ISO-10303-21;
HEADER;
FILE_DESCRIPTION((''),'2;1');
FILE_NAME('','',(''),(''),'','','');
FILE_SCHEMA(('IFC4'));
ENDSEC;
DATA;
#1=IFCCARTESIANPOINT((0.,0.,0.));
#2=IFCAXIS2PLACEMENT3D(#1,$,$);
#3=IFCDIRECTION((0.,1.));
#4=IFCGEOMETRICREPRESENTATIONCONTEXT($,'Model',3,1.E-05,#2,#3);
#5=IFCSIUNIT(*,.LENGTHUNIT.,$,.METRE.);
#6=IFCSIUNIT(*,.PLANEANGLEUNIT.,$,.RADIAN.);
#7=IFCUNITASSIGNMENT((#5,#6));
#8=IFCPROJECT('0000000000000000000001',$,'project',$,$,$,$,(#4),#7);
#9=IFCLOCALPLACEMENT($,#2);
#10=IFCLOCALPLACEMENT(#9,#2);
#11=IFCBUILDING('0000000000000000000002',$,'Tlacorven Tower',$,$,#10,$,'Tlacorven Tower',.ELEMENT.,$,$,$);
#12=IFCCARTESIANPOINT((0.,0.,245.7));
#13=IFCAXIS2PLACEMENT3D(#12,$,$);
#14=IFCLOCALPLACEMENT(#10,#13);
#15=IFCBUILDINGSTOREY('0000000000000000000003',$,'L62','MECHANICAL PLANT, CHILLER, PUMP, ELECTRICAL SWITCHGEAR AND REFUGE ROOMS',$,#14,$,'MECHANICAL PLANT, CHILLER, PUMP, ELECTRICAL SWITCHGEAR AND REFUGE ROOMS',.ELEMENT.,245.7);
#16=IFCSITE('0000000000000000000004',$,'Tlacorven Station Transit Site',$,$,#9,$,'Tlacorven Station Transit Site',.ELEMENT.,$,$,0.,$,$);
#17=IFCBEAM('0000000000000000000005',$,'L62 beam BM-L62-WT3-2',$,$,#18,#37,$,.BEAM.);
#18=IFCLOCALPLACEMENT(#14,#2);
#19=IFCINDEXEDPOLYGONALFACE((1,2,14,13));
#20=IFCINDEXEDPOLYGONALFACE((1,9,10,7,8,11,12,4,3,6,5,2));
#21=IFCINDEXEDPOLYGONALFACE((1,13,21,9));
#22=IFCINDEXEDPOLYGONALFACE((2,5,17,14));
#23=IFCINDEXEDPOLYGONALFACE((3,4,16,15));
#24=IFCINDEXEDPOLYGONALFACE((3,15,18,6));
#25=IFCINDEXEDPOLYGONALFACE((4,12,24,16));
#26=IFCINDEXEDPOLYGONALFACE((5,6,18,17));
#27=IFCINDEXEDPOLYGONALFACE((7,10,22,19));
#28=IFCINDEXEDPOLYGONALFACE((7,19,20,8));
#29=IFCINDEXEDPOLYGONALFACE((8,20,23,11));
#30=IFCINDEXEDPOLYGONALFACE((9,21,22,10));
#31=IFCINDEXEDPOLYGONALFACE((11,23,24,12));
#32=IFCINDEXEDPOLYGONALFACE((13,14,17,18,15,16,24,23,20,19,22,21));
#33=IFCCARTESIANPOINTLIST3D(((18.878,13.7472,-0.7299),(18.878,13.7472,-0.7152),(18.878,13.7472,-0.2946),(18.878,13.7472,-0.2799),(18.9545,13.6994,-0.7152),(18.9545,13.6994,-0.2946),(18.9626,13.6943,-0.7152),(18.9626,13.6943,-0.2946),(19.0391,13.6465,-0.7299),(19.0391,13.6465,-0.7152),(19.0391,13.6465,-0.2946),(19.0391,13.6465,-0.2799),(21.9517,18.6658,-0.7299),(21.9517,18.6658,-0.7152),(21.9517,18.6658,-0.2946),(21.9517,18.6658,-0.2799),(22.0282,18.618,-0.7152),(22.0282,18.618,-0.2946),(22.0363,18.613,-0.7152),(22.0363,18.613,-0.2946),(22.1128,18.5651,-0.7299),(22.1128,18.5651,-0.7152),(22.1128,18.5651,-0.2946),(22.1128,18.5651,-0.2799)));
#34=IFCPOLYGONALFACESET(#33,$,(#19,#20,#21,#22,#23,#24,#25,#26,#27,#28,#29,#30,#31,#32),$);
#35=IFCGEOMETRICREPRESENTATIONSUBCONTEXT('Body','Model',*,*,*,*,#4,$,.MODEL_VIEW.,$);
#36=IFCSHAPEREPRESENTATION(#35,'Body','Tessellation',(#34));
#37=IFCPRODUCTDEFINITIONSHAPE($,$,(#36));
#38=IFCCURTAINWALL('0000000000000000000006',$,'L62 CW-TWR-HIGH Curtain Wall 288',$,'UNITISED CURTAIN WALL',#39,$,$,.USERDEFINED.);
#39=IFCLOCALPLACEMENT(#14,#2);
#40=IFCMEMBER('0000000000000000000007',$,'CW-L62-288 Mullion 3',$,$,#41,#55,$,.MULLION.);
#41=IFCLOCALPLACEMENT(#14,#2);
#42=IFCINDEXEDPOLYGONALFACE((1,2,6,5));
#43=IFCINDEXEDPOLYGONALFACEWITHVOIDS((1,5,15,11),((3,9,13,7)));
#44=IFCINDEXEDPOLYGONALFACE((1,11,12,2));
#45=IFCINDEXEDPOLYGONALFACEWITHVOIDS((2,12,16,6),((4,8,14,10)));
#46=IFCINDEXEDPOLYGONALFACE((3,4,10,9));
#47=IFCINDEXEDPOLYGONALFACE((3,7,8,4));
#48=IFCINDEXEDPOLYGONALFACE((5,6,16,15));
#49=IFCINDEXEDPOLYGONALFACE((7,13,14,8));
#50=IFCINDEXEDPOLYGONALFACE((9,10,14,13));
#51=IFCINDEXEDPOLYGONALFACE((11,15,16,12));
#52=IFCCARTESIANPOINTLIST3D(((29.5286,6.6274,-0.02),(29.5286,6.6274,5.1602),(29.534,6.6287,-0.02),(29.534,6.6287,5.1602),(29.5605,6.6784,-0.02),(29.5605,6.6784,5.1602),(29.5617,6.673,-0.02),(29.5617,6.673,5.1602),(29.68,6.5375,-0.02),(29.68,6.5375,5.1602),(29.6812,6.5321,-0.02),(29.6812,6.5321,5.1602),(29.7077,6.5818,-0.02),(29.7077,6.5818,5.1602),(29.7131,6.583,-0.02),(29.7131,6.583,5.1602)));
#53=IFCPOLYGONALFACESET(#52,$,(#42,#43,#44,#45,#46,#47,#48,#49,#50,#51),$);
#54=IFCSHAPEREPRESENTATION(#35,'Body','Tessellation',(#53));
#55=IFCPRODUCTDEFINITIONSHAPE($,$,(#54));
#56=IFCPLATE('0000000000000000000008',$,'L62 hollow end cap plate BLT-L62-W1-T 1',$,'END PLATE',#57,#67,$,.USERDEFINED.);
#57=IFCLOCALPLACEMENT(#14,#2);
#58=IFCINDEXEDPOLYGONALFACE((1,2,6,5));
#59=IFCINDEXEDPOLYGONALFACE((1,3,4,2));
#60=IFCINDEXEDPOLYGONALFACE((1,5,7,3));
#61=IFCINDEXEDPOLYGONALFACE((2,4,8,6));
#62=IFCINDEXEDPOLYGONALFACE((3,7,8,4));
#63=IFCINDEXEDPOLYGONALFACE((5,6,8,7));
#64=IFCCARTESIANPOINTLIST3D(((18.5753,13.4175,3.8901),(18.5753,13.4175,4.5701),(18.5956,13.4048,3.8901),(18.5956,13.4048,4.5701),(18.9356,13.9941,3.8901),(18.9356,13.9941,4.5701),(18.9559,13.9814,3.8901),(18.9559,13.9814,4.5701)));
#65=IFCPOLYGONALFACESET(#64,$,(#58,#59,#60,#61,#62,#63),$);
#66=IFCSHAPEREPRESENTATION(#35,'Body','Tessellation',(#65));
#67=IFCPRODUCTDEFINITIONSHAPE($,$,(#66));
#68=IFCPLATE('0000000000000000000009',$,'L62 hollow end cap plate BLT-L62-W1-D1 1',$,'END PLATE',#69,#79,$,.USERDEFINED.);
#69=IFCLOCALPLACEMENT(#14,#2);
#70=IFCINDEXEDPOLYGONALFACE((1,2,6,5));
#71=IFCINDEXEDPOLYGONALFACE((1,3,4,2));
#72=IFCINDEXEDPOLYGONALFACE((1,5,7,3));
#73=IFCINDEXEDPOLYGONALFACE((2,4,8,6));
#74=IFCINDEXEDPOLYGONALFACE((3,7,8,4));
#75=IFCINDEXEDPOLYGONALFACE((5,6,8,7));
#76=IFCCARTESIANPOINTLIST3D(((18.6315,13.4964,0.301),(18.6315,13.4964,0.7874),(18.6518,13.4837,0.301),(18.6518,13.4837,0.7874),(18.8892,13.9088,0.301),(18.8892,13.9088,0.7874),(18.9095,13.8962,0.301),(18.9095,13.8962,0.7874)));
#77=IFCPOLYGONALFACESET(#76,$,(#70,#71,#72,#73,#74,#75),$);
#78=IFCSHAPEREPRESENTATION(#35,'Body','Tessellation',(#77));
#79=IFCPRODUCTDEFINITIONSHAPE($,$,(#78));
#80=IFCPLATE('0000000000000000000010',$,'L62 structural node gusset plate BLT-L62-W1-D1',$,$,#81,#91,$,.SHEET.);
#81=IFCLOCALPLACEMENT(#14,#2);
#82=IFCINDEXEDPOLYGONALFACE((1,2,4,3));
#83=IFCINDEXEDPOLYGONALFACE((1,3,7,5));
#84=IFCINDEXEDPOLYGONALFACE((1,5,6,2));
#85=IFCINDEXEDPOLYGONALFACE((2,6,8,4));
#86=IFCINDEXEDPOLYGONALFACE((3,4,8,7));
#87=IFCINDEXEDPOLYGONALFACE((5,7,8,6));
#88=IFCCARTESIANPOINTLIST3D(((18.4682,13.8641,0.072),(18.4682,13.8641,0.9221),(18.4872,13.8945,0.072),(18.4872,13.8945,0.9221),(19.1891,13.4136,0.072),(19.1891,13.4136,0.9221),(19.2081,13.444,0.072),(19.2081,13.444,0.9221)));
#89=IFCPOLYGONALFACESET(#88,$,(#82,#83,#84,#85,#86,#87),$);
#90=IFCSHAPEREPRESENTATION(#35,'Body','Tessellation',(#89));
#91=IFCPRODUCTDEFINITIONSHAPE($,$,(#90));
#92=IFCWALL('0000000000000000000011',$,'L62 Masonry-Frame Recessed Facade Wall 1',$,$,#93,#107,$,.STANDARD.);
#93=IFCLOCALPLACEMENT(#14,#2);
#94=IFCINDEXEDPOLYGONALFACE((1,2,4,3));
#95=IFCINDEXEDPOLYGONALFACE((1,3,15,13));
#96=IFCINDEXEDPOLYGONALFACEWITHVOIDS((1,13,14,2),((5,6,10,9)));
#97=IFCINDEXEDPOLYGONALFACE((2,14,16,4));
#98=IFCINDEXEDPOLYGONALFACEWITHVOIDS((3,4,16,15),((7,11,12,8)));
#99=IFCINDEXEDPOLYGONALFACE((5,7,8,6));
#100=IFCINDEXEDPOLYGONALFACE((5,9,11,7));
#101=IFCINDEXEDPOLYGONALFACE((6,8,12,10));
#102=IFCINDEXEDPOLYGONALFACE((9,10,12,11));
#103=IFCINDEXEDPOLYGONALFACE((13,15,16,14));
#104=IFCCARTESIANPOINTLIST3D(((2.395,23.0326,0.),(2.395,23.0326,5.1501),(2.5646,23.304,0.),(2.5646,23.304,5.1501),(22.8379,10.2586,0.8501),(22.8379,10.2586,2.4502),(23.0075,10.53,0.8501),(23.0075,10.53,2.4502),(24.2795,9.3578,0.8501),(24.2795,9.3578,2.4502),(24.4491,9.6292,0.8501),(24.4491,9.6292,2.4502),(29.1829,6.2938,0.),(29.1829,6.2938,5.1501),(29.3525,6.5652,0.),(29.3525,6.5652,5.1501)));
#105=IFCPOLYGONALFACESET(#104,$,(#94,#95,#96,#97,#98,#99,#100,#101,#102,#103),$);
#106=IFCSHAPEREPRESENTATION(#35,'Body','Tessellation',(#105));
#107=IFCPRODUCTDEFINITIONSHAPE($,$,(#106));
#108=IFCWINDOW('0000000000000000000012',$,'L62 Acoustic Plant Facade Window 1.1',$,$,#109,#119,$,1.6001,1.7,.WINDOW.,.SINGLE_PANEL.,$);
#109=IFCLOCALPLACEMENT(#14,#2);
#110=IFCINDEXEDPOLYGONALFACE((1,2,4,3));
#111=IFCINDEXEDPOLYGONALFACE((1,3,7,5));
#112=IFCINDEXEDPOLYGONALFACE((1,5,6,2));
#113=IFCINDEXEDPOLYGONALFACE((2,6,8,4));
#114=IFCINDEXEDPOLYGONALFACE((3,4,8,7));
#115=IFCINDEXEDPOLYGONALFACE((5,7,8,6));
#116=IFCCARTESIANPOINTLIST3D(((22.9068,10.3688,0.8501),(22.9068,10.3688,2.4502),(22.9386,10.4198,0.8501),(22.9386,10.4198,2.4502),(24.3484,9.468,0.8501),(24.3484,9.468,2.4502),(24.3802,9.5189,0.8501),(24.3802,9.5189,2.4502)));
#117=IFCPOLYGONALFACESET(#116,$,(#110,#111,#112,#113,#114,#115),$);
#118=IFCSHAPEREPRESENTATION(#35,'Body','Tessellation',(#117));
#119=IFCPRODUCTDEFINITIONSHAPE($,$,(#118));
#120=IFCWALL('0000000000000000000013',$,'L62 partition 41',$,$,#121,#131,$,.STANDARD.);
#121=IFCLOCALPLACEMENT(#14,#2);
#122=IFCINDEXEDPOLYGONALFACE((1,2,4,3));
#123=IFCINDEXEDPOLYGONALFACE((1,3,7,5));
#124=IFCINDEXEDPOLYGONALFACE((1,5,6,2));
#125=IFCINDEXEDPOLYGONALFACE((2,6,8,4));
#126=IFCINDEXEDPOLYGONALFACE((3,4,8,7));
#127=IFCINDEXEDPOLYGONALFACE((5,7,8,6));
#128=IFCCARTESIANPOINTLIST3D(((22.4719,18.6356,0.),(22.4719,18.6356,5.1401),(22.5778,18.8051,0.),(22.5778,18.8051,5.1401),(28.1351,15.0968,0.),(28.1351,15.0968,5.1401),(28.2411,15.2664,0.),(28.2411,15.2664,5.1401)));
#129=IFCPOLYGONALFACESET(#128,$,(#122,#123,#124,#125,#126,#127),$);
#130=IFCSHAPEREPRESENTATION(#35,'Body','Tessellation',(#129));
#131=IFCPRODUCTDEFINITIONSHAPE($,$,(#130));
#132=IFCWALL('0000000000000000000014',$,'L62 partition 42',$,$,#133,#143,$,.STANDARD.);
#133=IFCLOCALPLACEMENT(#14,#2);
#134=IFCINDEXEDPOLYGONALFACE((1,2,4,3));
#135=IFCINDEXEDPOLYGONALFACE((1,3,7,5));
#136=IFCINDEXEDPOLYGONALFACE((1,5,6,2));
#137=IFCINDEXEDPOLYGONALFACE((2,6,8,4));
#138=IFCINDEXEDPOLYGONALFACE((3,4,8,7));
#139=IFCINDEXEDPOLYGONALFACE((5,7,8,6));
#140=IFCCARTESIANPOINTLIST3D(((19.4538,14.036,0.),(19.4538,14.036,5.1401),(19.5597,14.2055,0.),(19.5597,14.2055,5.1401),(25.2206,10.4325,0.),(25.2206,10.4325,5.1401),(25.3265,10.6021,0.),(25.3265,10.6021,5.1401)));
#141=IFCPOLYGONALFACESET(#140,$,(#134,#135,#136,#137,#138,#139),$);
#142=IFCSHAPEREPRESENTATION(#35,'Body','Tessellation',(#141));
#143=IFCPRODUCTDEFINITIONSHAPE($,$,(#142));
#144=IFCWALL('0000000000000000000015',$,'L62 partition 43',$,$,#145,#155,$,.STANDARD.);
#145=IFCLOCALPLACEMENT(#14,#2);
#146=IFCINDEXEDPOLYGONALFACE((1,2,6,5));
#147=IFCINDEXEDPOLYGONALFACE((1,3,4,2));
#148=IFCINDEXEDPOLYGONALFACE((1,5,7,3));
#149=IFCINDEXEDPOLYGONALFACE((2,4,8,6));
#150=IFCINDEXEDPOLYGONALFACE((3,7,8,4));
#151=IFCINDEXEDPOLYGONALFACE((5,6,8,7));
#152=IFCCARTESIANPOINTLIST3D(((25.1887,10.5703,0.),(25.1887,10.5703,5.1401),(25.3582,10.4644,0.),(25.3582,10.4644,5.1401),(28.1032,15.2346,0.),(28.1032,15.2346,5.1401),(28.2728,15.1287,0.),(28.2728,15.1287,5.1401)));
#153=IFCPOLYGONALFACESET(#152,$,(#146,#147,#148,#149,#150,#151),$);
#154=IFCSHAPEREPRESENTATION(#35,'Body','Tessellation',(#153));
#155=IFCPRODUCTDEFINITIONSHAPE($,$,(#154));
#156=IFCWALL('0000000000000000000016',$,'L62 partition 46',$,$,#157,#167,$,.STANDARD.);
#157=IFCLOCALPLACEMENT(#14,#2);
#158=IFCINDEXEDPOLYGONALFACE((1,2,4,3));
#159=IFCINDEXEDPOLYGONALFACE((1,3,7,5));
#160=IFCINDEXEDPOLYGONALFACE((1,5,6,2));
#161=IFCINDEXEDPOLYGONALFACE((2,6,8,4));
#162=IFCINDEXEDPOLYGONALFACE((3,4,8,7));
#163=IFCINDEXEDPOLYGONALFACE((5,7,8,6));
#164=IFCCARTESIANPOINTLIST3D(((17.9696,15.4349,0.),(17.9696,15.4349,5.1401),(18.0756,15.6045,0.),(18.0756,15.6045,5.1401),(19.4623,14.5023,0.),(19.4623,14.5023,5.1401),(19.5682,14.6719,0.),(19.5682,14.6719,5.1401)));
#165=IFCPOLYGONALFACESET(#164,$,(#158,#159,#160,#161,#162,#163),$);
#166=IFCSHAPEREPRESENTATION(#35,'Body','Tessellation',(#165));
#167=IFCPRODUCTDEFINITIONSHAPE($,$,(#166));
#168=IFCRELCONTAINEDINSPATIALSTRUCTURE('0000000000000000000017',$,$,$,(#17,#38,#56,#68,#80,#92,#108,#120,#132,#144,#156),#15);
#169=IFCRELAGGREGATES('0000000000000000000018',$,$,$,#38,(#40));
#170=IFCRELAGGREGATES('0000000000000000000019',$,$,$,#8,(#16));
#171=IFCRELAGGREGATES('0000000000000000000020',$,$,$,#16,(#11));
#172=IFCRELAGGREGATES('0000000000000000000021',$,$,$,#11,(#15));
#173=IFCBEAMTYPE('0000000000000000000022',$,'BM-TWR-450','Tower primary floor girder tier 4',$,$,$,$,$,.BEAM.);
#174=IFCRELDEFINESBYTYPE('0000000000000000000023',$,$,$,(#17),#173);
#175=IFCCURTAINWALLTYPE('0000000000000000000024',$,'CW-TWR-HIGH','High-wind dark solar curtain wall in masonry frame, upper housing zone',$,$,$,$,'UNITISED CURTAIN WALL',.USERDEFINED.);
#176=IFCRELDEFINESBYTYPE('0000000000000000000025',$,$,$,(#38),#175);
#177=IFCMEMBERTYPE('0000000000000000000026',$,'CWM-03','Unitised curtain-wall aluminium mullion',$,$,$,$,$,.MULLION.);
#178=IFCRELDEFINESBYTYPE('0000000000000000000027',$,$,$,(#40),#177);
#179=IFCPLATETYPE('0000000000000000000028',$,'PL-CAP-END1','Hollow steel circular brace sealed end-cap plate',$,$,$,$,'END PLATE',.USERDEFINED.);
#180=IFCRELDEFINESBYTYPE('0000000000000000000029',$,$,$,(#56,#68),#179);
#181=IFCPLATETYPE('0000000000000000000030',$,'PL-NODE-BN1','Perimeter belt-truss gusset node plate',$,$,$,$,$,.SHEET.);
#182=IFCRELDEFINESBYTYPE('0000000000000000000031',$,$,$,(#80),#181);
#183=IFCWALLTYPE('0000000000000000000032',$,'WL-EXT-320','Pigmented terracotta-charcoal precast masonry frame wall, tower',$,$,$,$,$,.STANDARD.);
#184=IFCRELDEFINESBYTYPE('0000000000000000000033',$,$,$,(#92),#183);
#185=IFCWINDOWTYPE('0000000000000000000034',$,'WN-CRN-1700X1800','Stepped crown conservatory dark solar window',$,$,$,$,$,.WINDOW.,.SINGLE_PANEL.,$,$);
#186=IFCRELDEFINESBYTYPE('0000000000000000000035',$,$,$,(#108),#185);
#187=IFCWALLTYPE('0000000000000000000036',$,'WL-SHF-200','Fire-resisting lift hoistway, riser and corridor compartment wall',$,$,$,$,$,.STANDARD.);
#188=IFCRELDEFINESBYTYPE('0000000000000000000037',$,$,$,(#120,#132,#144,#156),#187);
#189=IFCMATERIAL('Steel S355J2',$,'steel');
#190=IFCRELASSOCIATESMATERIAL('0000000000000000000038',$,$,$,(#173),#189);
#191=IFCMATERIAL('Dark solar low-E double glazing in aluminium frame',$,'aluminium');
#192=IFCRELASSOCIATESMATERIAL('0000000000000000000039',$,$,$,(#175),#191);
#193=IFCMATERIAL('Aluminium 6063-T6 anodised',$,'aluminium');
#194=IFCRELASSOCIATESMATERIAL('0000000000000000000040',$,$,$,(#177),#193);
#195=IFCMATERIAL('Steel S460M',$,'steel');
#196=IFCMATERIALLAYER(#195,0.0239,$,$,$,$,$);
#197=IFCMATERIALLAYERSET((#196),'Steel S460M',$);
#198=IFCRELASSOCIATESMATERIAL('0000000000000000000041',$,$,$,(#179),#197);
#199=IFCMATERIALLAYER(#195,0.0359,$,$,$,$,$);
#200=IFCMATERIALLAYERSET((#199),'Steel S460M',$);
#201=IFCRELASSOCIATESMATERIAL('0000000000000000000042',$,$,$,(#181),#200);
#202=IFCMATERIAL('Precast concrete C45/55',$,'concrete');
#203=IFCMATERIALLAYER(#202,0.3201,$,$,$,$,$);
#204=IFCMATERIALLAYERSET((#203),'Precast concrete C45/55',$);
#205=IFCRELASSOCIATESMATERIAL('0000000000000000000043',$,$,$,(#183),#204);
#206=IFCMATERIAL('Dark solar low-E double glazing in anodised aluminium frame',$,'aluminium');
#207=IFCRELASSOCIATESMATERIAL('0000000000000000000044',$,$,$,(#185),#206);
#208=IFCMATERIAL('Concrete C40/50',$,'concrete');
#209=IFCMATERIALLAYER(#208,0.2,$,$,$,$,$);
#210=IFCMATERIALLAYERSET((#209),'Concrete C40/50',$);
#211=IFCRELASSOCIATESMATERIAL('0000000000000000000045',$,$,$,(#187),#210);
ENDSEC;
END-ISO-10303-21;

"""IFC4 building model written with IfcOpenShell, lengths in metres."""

from ifc_helpers import new_model, si_unit, direction, frame, frame_2d, origin, origin_2d, place, context, subcontext, project, spatial, rectangle, hollow_rectangle, i_section, extrude, source, transform, mapped, material, layer, layer_set, material_profile, profile_set, type_object, element, fill, aggregate, save


model = new_model("IFC4")

# Units and contexts
model_context = context("Model", 3, precision=1e-05, world=origin(), true_north=direction((0.0, 1.0)))
body_context = subcontext(model_context, "Body", "Model", "MODEL_VIEW")
ifc_project = project(units=[si_unit("LENGTHUNIT", "METRE"), si_unit("PLANEANGLEUNIT", "RADIAN")], contexts=[model_context])

# Site, building, storey
site_placement = place(None, origin())
site = spatial("IfcSite", under=ifc_project, at=site_placement, Name="Tlacorven Station Transit Site", LongName="Tlacorven Station Transit Site", CompositionType="ELEMENT", RefElevation=0.0)
building_placement = place(site_placement, origin())
building = spatial("IfcBuilding", under=site, at=building_placement, Name="Tlacorven Tower", LongName="Tlacorven Tower", CompositionType="ELEMENT")
storey_placement = place(building_placement, frame((0.0, 0.0, 245.7)))
storey = spatial("IfcBuildingStorey", under=building, at=storey_placement, Name="L62", Description="MECHANICAL PLANT, CHILLER, PUMP, ELECTRICAL SWITCHGEAR AND REFUGE ROOMS", LongName="MECHANICAL PLANT, CHILLER, PUMP, ELECTRICAL SWITCHGEAR AND REFUGE ROOMS", CompositionType="ELEMENT", Elevation=245.7)

# Shared definitions
ifc_material_1 = material(Name="Steel S460M", Category="steel")
ifc_material_2 = material(Name="Steel S355J2", Category="steel")

# Beam
ifc_material_profile_1 = material_profile(ifc_material_2, i_section(OverallWidth=0.1899, OverallDepth=0.45, WebThickness=0.0095, FlangeThickness=0.0146, at=origin_2d()), Name="IPE 450")
ifc_profile_set_1 = profile_set([ifc_material_profile_1], Name="Steel S355J2")
beam_type_1 = type_object("IfcBeamType", Name="BM-TWR-450", Description="Tower primary floor girder tier 4", PredefinedType="BEAM", material=ifc_profile_set_1)
shared_shape_1 = source(origin(), body_context, "Body", "SweptSolid", [
    extrude(i_section(OverallWidth=0.1899, OverallDepth=0.45, WebThickness=0.0095, FlangeThickness=0.0146, at=origin_2d()), origin(), (0.0, 0.0, 1.0), 5.8),
])
for number, where, z_axis, x_axis, name in (
    (1, (22.0322, 18.6155, -0.5049), (-0.529942, -0.848034, 0.0), (0.848034, -0.529942, 0.0), "L62 beam BM-L62-WT3-2"),
):
    element("IfcBeam", number, at=place(storey_placement, frame(where, z_axis=z_axis, x_axis=x_axis)), inside=storey, type_object=beam_type_1, Name=name, PredefinedType="BEAM", context=body_context, shape_type="MappedRepresentation", body=[
        mapped(shared_shape_1, transform((0.0, 0.0, 0.0), scale=1.0)),
    ])

# Curtain wall, member
ifc_material_3 = material(Name="Dark solar low-E double glazing in aluminium frame", Category="aluminium")
curtain_wall_type = type_object("IfcCurtainWallType", Name="CW-TWR-HIGH", Description="High-wind dark solar curtain wall in masonry frame, upper housing zone", ElementType="UNITISED CURTAIN WALL", PredefinedType="USERDEFINED", material=ifc_material_3)
curtain_wall_placement = place(storey_placement, origin())
curtain_wall = element("IfcCurtainWall", 2, at=curtain_wall_placement, inside=storey, type_object=curtain_wall_type, Name="L62 CW-TWR-HIGH Curtain Wall 288", ObjectType="UNITISED CURTAIN WALL", PredefinedType="USERDEFINED")
ifc_material_4 = material(Name="Aluminium 6063-T6 anodised", Category="aluminium")
ifc_material_profile_2 = material_profile(ifc_material_4, hollow_rectangle(XDim=0.0601, YDim=0.1799, WallThickness=0.0039, at=origin_2d()), Name="ALU MULLION 60X180")
ifc_profile_set_2 = profile_set([ifc_material_profile_2], Name="Aluminium 6063-T6 anodised")
member_type_1 = type_object("IfcMemberType", Name="CWM-03", Description="Unitised curtain-wall aluminium mullion", PredefinedType="MULLION", material=ifc_profile_set_2)
shared_shape_2 = source(origin(), body_context, "Body", "SweptSolid", [
    extrude(hollow_rectangle(XDim=0.0601, YDim=0.1799, WallThickness=0.0039, at=origin_2d()), origin(), (0.0, 0.0, 1.0), 5.1802),
])
member_1_placement = place(storey_placement, frame((29.6208, 6.6052, -0.02), z_axis=(0.0, 0.0, 1.0), x_axis=(-0.529919, -0.848048, 0.0)))
member_1 = element("IfcMember", 3, at=member_1_placement, type_object=member_type_1, Name="CW-L62-288 Mullion 3", PredefinedType="MULLION", context=body_context, shape_type="MappedRepresentation", body=[
    mapped(shared_shape_2, transform((0.0, 0.0, 0.0), scale=1.0)),
])
aggregate(curtain_wall, [member_1])

# Plates
ifc_layer_1 = layer(ifc_material_1, 0.0239)
ifc_layer_set_1 = layer_set([ifc_layer_1], Name="Steel S460M")
plate_type_1 = type_object("IfcPlateType", Name="PL-CAP-END1", Description="Hollow steel circular brace sealed end-cap plate", ElementType="END PLATE", PredefinedType="USERDEFINED", material=ifc_layer_set_1)
shared_shape_3 = source(origin(), body_context, "Body", "SweptSolid", [
    extrude(rectangle(XDim=0.0239, YDim=0.6799, at=origin_2d()), origin(), (0.0, 0.0, 1.0), 0.6799),
])
plate_1_placement = place(storey_placement, frame((18.7656, 13.6995, 3.8901), z_axis=(0.0, 0.0, 1.0), x_axis=(-0.848048, 0.529919, 0.0)))
element("IfcPlate", 4, at=plate_1_placement, inside=storey, type_object=plate_type_1, Name="L62 hollow end cap plate BLT-L62-W1-T 1", ObjectType="END PLATE", PredefinedType="USERDEFINED", context=body_context, shape_type="MappedRepresentation", body=[
    mapped(shared_shape_3, transform((0.0, 0.0, 0.0), scale=1.0)),
])
shared_shape_4 = source(origin(), body_context, "Body", "SweptSolid", [
    extrude(rectangle(XDim=0.0239, YDim=0.4863, at=origin_2d()), origin(), (0.0, 0.0, 1.0), 0.4863),
])
plate_2_placement = place(storey_placement, frame((18.7705, 13.6963, 0.301), z_axis=(0.0, 0.0, 1.0), x_axis=(-0.848048, 0.529919, 0.0)))
element("IfcPlate", 5, at=plate_2_placement, inside=storey, type_object=plate_type_1, Name="L62 hollow end cap plate BLT-L62-W1-D1 1", ObjectType="END PLATE", PredefinedType="USERDEFINED", context=body_context, shape_type="MappedRepresentation", body=[
    mapped(shared_shape_4, transform((0.0, 0.0, 0.0), scale=1.0)),
])
ifc_layer_2 = layer(ifc_material_1, 0.0359)
ifc_layer_set_2 = layer_set([ifc_layer_2], Name="Steel S460M")
plate_type_2 = type_object("IfcPlateType", Name="PL-NODE-BN1", Description="Perimeter belt-truss gusset node plate", PredefinedType="SHEET", material=ifc_layer_set_2)
shared_shape_5 = source(origin(), body_context, "Body", "SweptSolid", [
    extrude(rectangle(XDim=0.8501, YDim=0.0359, at=origin_2d()), origin(), (0.0, 0.0, 1.0), 0.8501),
])
plate_3_placement = place(storey_placement, frame((18.8381, 13.6541, 0.072), z_axis=(0.0, 0.0, 1.0), x_axis=(-0.848048, 0.529919, 0.0)))
element("IfcPlate", 6, at=plate_3_placement, inside=storey, type_object=plate_type_2, Name="L62 structural node gusset plate BLT-L62-W1-D1", PredefinedType="SHEET", context=body_context, shape_type="MappedRepresentation", body=[
    mapped(shared_shape_5, transform((0.0, 0.0, 0.0), scale=1.0)),
])

# Wall, opening, window
ifc_material_5 = material(Name="Precast concrete C45/55", Category="concrete")
ifc_layer_3 = layer(ifc_material_5, 0.3201)
ifc_layer_set_3 = layer_set([ifc_layer_3], Name="Precast concrete C45/55")
wall_type_1 = type_object("IfcWallType", Name="WL-EXT-320", Description="Pigmented terracotta-charcoal precast masonry frame wall, tower", PredefinedType="STANDARD", material=ifc_layer_set_3)
wall_1_placement = place(storey_placement, frame((29.2678, 6.4294, 0.0), z_axis=(0.0, 0.0, 1.0), x_axis=(-0.84805, 0.529916, 0.0)))
wall_1 = element("IfcWall", 7, at=wall_1_placement, inside=storey, type_object=wall_type_1, Name="L62 Masonry-Frame Recessed Facade Wall 1", PredefinedType="STANDARD", context=body_context, shape_type="SweptSolid", body=[
    extrude(rectangle(XDim=31.5876, YDim=0.3201, at=frame_2d((15.7939, 0.0))), origin(), (0.0, 0.0, 1.0), 5.1501),
])
opening_1_placement = place(wall_1_placement, frame((5.782, 0.0, 0.8501)))
opening_1 = element("IfcOpeningElement", 8, at=opening_1_placement, cuts=wall_1, PredefinedType="OPENING", context=body_context, shape_type="SweptSolid", body=[
    extrude(rectangle(XDim=1.7, YDim=1.6001, at=frame_2d((0.8501, 0.8))), frame((0.0, 0.1699, 0.0), z_axis=(0.0, -1.0, 0.0), x_axis=(1.0, 0.0, 0.0)), (0.0, 0.0, 1.0), 0.3401),
])
ifc_material_6 = material(Name="Dark solar low-E double glazing in anodised aluminium frame", Category="aluminium")
window_type = type_object("IfcWindowType", Name="WN-CRN-1700X1800", Description="Stepped crown conservatory dark solar window", PartitioningType="SINGLE_PANEL", PredefinedType="WINDOW", material=ifc_material_6)
shared_shape_6 = source(origin(), body_context, "Body", "SweptSolid", [
    extrude(rectangle(XDim=1.7, YDim=1.6001, at=frame_2d((0.8501, 0.8))), frame((0.0, 0.03, 0.0), z_axis=(0.0, -1.0, 0.0), x_axis=(1.0, 0.0, 0.0)), (0.0, 0.0, 1.0), 0.0601),
])
window_placement = place(opening_1_placement, origin())
window = element("IfcWindow", 9, at=window_placement, inside=storey, type_object=window_type, Name="L62 Acoustic Plant Facade Window 1.1", OverallHeight=1.6001, OverallWidth=1.7, PartitioningType="SINGLE_PANEL", PredefinedType="WINDOW", context=body_context, shape_type="MappedRepresentation", body=[
    mapped(shared_shape_6, transform((0.0, 0.0, 0.0), scale=1.0)),
])
fill(opening_1, window)

# Walls
ifc_material_7 = material(Name="Concrete C40/50", Category="concrete")
ifc_layer_4 = layer(ifc_material_7, 0.2)
ifc_layer_set_4 = layer_set([ifc_layer_4], Name="Concrete C40/50")
wall_type_2 = type_object("IfcWallType", Name="WL-SHF-200", Description="Fire-resisting lift hoistway, riser and corridor compartment wall", PredefinedType="STANDARD", material=ifc_layer_set_4)
wall_2_placement = place(storey_placement, frame((28.188, 15.1816, 0.0), z_axis=(0.0, 0.0, 1.0), x_axis=(-0.84805, 0.529917, 0.0)))
element("IfcWall", 10, at=wall_2_placement, inside=storey, type_object=wall_type_2, Name="L62 partition 41", PredefinedType="STANDARD", context=body_context, shape_type="SweptSolid", body=[
    extrude(rectangle(XDim=6.678, YDim=0.2, at=frame_2d((3.3389, 0.0))), origin(), (0.0, 0.0, 1.0), 5.1401),
])
wall_3_placement = place(storey_placement, frame((25.2734, 10.5173, 0.0), z_axis=(0.0, 0.0, 1.0), x_axis=(-0.848049, 0.529918, 0.0)))
element("IfcWall", 11, at=wall_3_placement, inside=storey, type_object=wall_type_2, Name="L62 partition 42", PredefinedType="STANDARD", context=body_context, shape_type="SweptSolid", body=[
    extrude(rectangle(XDim=6.8, YDim=0.2, at=frame_2d((3.3999, 0.0))), origin(), (0.0, 0.0, 1.0), 5.1401),
])
wall_4_placement = place(storey_placement, frame((28.188, 15.1816, 0.0), z_axis=(0.0, 0.0, 1.0), x_axis=(-0.529915, -0.848051, 0.0)))
element("IfcWall", 12, at=wall_4_placement, inside=storey, type_object=wall_type_2, Name="L62 partition 43", PredefinedType="STANDARD", context=body_context, shape_type="SweptSolid", body=[
    extrude(rectangle(XDim=5.5, YDim=0.2, at=frame_2d((2.75, 0.0))), origin(), (0.0, 0.0, 1.0), 5.1401),
])

# Wall
wall_5_placement = place(storey_placement, frame((19.5151, 14.5872, 0.0), z_axis=(0.0, 0.0, 1.0), x_axis=(-0.848076, 0.529874, 0.0)))
element("IfcWall", 13, at=wall_5_placement, inside=storey, type_object=wall_type_2, Name="L62 partition 46", PredefinedType="STANDARD", context=body_context, shape_type="SweptSolid", body=[
    extrude(rectangle(XDim=1.76, YDim=0.2, at=frame_2d((0.8799, 0.0))), origin(), (0.0, 0.0, 1.0), 5.1401),
])

save(model, "model.ifc")
